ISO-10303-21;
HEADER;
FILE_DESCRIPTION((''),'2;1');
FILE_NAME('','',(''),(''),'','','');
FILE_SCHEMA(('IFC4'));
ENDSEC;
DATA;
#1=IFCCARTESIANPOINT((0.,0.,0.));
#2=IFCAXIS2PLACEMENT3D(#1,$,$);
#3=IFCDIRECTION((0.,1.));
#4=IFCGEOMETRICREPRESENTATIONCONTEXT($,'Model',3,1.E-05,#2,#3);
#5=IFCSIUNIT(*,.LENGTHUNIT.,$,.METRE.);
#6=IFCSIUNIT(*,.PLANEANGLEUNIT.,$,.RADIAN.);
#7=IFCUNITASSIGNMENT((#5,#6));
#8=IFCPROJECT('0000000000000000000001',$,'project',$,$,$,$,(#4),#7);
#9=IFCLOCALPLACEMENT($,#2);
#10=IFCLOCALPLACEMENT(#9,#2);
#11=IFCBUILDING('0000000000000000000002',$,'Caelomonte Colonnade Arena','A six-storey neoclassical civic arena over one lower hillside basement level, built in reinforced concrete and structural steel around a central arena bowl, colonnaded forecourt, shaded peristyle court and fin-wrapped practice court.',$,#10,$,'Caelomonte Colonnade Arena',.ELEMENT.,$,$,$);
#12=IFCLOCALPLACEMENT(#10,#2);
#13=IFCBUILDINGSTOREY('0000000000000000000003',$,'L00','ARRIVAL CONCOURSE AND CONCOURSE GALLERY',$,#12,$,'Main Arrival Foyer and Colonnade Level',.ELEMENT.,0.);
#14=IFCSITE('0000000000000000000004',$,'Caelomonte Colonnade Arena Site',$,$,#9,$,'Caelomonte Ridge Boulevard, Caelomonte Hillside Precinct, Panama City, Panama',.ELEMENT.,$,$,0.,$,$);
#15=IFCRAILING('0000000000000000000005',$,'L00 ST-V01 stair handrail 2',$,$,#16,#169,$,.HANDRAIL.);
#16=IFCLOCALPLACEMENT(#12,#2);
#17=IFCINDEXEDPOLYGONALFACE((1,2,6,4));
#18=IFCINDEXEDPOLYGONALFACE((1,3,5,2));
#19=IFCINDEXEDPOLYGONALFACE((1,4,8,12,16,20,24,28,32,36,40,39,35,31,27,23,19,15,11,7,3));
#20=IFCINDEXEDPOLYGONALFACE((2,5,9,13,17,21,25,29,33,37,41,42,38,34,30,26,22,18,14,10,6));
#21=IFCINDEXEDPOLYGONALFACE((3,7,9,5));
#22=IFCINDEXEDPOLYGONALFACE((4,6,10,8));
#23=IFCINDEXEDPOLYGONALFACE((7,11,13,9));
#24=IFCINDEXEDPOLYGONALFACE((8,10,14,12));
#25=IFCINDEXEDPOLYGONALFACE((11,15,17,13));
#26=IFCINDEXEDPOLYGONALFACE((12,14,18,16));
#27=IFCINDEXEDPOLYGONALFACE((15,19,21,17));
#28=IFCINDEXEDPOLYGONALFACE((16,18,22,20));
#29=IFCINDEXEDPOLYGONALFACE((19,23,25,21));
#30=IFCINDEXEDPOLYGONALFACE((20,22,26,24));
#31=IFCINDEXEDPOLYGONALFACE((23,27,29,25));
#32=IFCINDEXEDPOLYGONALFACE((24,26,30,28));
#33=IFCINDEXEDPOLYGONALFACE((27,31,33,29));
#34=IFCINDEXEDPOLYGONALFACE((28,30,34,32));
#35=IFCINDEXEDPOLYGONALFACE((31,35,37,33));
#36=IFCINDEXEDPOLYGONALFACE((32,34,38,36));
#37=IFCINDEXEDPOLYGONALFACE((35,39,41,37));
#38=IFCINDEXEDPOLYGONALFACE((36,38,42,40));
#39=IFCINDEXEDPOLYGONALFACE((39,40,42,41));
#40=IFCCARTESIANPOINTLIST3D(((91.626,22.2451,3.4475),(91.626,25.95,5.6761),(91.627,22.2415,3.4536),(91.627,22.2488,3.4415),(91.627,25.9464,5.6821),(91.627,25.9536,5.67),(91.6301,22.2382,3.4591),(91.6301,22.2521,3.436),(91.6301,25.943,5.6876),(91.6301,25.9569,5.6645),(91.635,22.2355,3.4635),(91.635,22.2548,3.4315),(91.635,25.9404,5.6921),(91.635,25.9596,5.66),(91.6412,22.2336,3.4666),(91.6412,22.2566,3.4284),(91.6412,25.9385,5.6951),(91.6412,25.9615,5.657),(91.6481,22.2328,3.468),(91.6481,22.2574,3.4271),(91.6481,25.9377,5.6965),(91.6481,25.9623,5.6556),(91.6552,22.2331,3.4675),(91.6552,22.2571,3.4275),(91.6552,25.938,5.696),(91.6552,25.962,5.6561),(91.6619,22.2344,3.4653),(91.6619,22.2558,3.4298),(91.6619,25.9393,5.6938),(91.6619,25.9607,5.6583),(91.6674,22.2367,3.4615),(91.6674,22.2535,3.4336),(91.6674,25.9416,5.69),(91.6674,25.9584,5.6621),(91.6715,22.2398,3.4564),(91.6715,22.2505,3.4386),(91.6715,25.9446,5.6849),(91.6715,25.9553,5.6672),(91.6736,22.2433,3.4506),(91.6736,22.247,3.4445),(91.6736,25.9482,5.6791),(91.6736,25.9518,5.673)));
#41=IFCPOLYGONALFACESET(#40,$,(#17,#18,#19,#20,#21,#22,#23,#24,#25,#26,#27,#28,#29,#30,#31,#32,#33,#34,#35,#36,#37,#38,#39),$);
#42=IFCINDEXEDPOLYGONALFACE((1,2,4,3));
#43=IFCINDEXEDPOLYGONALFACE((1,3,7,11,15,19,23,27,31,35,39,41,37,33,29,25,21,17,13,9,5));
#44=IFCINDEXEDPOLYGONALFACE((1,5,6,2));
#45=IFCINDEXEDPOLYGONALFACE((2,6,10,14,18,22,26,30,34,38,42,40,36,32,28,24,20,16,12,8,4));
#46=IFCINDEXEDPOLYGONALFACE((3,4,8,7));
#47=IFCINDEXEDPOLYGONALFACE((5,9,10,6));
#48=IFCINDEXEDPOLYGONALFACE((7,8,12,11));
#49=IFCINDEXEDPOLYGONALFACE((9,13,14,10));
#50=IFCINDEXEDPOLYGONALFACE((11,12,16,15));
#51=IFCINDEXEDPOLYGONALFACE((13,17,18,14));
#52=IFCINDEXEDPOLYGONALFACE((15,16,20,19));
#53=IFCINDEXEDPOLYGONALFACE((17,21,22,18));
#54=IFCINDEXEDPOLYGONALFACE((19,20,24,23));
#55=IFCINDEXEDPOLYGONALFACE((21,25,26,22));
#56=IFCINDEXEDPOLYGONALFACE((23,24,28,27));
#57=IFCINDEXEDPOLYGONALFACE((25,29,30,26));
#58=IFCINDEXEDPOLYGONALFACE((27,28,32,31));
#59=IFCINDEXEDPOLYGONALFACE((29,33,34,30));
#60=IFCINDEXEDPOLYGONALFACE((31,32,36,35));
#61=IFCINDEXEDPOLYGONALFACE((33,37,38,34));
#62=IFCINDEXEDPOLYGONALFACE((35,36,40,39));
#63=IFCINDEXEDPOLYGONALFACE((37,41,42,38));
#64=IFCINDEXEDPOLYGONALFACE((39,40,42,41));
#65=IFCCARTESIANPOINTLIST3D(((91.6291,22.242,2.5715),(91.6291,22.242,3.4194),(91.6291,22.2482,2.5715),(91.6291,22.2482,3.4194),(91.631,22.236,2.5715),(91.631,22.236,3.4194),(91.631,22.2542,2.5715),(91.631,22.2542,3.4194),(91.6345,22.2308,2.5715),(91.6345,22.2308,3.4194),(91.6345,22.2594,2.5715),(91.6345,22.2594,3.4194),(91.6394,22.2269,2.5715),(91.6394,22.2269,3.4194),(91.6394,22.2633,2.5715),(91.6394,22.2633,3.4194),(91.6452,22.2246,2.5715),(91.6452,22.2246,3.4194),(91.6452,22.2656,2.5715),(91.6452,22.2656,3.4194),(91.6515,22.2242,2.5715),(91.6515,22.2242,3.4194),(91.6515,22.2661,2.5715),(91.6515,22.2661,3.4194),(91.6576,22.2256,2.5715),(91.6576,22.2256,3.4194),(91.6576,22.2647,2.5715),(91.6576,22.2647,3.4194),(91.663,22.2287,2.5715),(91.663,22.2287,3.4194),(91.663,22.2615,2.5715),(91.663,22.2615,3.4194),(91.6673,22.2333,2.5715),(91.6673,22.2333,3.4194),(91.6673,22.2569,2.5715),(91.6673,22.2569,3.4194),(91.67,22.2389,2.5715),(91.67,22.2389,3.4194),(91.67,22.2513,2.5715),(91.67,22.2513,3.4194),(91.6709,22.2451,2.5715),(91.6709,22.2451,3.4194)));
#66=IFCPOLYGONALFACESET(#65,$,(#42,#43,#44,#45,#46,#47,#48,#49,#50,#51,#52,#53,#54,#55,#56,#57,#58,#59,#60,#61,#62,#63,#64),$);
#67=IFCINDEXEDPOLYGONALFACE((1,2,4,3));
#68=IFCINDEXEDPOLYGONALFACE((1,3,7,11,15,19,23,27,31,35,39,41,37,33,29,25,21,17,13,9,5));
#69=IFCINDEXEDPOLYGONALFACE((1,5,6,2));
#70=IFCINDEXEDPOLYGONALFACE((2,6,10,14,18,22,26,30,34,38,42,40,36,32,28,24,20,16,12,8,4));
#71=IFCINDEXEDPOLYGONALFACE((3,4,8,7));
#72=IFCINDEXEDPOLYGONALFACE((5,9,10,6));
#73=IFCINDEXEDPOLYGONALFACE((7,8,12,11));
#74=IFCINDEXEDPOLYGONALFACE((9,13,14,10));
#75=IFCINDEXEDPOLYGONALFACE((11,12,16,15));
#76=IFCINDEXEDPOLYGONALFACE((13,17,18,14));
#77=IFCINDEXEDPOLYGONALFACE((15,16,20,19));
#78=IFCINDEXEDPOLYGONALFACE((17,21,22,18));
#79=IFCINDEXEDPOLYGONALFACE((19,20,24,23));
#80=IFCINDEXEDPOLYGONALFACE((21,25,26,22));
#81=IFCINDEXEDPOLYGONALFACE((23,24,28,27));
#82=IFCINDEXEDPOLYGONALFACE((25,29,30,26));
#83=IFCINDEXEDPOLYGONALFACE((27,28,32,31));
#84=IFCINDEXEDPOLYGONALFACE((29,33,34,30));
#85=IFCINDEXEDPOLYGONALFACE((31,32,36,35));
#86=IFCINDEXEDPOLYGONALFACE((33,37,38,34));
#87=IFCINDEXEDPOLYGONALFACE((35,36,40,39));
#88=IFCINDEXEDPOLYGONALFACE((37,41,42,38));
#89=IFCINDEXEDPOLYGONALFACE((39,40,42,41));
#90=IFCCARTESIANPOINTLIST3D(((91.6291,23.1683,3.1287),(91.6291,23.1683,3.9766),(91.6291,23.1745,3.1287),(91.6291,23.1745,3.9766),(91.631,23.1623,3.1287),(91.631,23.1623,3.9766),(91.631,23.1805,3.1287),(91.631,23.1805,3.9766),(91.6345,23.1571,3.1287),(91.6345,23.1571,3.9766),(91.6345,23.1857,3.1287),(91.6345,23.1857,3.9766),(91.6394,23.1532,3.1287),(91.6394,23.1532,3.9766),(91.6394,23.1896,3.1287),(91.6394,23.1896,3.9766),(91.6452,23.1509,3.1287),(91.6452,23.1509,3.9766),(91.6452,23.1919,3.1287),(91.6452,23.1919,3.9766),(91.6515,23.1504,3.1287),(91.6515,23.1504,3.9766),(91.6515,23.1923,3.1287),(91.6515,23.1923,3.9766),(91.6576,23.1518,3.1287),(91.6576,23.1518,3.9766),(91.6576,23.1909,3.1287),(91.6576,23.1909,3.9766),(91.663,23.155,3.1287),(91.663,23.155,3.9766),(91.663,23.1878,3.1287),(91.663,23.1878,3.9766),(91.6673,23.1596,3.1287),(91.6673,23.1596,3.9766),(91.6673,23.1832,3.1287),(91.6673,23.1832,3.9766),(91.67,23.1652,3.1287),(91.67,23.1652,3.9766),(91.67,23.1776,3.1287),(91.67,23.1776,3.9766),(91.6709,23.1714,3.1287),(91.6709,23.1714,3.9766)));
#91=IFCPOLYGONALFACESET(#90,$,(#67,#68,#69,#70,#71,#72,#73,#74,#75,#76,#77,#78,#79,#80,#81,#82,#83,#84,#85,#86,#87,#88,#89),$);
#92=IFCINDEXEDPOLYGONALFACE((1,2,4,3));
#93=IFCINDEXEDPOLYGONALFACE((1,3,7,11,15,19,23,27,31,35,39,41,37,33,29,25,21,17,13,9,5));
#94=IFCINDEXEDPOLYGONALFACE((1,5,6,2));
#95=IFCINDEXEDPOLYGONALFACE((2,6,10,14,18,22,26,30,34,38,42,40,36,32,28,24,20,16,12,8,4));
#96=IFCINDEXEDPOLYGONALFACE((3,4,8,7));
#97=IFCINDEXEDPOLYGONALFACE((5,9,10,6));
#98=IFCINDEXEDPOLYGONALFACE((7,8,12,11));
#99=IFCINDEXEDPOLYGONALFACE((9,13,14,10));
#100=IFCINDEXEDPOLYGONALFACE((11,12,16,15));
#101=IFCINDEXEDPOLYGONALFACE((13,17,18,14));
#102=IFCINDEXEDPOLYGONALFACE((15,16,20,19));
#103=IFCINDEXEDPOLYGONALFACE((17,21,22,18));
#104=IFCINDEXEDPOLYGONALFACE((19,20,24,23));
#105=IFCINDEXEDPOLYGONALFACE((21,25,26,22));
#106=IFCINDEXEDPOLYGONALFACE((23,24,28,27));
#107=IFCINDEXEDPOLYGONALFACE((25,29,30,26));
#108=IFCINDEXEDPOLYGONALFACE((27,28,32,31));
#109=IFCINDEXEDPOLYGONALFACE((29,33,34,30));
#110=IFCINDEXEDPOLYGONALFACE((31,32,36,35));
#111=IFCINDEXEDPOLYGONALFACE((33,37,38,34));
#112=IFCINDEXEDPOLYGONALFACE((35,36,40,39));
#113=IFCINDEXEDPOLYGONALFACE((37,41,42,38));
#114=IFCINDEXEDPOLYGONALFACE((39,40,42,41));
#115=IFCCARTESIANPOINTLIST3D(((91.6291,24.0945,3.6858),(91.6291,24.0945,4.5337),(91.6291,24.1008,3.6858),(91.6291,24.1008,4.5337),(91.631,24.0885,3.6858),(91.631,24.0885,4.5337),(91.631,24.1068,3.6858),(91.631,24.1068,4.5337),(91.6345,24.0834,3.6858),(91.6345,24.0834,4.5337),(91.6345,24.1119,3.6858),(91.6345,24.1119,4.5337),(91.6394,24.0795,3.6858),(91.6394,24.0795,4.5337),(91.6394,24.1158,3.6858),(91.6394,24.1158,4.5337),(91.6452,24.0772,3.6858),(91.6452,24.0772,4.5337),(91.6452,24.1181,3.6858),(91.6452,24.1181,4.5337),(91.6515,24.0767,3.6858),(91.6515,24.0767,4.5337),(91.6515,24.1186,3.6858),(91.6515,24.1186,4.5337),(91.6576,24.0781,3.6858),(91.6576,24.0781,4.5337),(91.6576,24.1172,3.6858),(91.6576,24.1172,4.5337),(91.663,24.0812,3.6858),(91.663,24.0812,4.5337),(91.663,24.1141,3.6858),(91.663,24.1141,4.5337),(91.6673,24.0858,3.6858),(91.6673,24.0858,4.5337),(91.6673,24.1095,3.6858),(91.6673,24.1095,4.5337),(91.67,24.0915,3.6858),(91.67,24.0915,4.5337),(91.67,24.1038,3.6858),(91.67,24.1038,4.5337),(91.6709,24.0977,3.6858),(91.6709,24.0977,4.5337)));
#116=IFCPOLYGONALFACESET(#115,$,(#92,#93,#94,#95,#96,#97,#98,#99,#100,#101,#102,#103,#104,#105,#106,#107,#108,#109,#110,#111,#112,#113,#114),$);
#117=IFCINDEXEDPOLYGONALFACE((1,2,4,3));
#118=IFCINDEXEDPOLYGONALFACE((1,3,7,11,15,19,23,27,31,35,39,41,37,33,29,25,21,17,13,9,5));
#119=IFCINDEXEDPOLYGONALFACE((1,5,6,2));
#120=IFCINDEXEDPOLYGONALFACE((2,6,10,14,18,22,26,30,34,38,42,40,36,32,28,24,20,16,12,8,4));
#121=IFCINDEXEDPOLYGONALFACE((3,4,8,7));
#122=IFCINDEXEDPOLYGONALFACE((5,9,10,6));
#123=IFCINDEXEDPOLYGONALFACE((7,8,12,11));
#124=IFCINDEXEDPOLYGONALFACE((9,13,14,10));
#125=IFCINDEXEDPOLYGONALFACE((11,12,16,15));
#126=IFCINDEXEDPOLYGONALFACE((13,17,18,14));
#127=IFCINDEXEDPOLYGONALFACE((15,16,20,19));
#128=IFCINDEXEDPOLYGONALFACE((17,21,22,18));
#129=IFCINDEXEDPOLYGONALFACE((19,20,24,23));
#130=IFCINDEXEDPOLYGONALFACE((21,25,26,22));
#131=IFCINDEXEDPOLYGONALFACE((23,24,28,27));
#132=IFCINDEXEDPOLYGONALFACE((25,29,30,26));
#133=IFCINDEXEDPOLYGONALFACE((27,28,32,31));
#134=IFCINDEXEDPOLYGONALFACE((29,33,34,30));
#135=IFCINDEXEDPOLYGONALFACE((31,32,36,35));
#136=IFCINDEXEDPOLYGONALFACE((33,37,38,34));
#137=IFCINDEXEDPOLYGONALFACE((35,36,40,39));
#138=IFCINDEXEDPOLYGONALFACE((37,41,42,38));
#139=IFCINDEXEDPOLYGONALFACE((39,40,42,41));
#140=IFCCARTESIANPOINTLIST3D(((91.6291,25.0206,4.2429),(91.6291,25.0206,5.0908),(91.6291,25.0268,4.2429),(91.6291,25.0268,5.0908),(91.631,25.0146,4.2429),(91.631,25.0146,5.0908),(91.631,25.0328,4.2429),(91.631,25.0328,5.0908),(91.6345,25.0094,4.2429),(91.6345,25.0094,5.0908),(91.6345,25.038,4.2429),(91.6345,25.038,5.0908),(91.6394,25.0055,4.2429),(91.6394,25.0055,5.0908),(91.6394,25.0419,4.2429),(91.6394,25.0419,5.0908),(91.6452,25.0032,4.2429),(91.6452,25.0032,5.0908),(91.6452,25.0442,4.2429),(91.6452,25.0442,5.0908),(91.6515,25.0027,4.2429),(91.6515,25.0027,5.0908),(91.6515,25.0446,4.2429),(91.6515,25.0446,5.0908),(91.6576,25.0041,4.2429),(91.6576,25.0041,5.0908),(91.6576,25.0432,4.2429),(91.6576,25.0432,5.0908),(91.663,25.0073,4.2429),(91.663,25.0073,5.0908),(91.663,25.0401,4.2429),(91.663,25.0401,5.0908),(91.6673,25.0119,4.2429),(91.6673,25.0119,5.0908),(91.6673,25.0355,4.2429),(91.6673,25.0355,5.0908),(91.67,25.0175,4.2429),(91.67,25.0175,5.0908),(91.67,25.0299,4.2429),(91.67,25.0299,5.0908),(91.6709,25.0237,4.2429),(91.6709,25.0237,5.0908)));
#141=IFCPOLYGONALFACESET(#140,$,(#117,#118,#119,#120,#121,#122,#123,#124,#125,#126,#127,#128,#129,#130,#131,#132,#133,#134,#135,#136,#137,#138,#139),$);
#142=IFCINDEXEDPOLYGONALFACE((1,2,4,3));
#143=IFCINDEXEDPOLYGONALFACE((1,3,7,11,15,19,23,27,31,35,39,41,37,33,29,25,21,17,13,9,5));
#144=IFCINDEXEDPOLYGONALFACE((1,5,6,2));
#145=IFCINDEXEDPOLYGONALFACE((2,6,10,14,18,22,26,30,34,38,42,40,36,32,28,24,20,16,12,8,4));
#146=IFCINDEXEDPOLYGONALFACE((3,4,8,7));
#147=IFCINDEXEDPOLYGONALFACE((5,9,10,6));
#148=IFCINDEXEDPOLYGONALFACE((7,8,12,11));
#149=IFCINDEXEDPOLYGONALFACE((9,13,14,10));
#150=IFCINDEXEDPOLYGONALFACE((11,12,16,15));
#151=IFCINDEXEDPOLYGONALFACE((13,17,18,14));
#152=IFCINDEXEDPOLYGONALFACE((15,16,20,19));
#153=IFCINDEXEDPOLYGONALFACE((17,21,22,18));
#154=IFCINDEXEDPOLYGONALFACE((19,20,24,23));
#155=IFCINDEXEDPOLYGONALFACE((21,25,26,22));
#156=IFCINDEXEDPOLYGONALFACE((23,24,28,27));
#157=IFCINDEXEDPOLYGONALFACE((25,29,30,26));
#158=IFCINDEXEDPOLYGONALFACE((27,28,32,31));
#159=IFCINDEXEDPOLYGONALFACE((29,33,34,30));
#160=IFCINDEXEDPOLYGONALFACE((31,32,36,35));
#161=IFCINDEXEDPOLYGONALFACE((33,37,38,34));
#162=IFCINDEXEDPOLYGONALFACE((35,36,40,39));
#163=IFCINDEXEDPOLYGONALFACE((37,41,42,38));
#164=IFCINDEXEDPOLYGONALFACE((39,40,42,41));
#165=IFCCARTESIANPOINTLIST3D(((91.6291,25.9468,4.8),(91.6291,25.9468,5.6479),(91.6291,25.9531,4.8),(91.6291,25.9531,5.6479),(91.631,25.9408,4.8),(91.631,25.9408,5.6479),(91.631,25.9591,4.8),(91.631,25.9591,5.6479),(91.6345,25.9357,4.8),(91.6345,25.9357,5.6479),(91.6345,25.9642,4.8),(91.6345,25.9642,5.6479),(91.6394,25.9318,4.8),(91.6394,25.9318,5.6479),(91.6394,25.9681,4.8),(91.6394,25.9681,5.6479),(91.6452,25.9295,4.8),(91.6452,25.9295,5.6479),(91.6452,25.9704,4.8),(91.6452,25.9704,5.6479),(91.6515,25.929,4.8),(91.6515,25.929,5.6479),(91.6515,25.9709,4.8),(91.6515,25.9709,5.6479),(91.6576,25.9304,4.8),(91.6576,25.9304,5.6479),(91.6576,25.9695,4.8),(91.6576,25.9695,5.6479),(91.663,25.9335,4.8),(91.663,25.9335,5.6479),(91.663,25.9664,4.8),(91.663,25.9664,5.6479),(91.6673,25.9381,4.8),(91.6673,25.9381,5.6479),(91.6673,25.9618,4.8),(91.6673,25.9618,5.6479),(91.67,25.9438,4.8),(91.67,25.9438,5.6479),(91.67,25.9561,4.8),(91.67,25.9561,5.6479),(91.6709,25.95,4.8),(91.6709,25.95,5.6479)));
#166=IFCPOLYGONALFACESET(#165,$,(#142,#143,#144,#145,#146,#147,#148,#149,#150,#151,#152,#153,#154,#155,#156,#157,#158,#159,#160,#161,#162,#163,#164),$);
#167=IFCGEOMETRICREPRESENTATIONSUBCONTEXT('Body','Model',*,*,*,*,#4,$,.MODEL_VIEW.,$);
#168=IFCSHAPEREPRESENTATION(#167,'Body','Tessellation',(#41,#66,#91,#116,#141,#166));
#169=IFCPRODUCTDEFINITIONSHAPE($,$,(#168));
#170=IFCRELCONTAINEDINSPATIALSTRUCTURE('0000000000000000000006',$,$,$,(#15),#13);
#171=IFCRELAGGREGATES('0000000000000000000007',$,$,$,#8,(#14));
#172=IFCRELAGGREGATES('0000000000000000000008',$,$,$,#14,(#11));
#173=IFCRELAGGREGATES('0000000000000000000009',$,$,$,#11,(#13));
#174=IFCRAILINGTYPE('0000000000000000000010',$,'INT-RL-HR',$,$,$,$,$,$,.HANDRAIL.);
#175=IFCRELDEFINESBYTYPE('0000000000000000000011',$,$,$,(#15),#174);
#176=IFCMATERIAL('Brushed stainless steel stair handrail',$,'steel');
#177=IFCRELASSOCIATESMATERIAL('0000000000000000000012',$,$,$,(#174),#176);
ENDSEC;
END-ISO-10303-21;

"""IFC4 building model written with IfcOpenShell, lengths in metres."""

from ifc_helpers import new_model, si_unit, direction, frame, origin, origin_2d, place, context, subcontext, project, spatial, circle, extrude, material, type_object, element, save


model = new_model("IFC4")

# Units and contexts
model_context = context("Model", 3, precision=1e-05, world=origin(), true_north=direction((0.0, 1.0)))
body_context = subcontext(model_context, "Body", "Model", "MODEL_VIEW")
ifc_project = project(units=[si_unit("LENGTHUNIT", "METRE"), si_unit("PLANEANGLEUNIT", "RADIAN")], contexts=[model_context])

# Site, building, storey
site_placement = place(None, origin())
site = spatial("IfcSite", under=ifc_project, at=site_placement, Name="Caelomonte Colonnade Arena Site", LongName="Caelomonte Ridge Boulevard, Caelomonte Hillside Precinct, Panama City, Panama", CompositionType="ELEMENT", RefElevation=0.0)
building_placement = place(site_placement, origin())
building = spatial("IfcBuilding", under=site, at=building_placement, Name="Caelomonte Colonnade Arena", Description="A six-storey neoclassical civic arena over one lower hillside basement level, built in reinforced concrete and structural steel around a central arena bowl, colonnaded forecourt, shaded peristyle court and fin-wrapped practice court.", LongName="Caelomonte Colonnade Arena", CompositionType="ELEMENT")
storey_placement = place(building_placement, origin())
storey = spatial("IfcBuildingStorey", under=building, at=storey_placement, Name="L00", Description="ARRIVAL CONCOURSE AND CONCOURSE GALLERY", LongName="Main Arrival Foyer and Colonnade Level", CompositionType="ELEMENT", Elevation=0.0)

# Railing
ifc_material_1 = material(Name="Brushed stainless steel stair handrail", Category="steel")
railing_type_1 = type_object("IfcRailingType", Name="INT-RL-HR", PredefinedType="HANDRAIL", material=ifc_material_1)
for number, where, name in (
    (1, (91.6499, 22.2451, 2.5715), "L00 ST-V01 stair handrail 2"),
):
    element("IfcRailing", number, at=place(storey_placement, frame(where)), inside=storey, type_object=railing_type_1, Name=name, PredefinedType="HANDRAIL", context=body_context, shape_type="SweptSolid", body=[
        extrude(circle(Radius=0.0239, at=origin_2d()), frame((0.0, 0.0, 0.876), z_axis=(0.0, 0.856919, 0.51545), x_axis=(-1.0, 0.0, 0.0)), (0.0, 0.0, 1.0), 4.3235),
        extrude(circle(Radius=0.021, at=origin_2d()), origin(), (0.0, 0.0, 1.0), 0.8479),
        extrude(circle(Radius=0.021, at=origin_2d()), frame((0.0, 0.9263, 0.5571)), (0.0, 0.0, 1.0), 0.8479),
        extrude(circle(Radius=0.021, at=origin_2d()), frame((0.0, 1.8525, 1.1143)), (0.0, 0.0, 1.0), 0.8479),
        extrude(circle(Radius=0.021, at=origin_2d()), frame((0.0, 2.7786, 1.6714)), (0.0, 0.0, 1.0), 0.8479),
        extrude(circle(Radius=0.021, at=origin_2d()), frame((0.0, 3.7048, 2.2285)), (0.0, 0.0, 1.0), 0.8479),
    ])

save(model, "model.ifc")
